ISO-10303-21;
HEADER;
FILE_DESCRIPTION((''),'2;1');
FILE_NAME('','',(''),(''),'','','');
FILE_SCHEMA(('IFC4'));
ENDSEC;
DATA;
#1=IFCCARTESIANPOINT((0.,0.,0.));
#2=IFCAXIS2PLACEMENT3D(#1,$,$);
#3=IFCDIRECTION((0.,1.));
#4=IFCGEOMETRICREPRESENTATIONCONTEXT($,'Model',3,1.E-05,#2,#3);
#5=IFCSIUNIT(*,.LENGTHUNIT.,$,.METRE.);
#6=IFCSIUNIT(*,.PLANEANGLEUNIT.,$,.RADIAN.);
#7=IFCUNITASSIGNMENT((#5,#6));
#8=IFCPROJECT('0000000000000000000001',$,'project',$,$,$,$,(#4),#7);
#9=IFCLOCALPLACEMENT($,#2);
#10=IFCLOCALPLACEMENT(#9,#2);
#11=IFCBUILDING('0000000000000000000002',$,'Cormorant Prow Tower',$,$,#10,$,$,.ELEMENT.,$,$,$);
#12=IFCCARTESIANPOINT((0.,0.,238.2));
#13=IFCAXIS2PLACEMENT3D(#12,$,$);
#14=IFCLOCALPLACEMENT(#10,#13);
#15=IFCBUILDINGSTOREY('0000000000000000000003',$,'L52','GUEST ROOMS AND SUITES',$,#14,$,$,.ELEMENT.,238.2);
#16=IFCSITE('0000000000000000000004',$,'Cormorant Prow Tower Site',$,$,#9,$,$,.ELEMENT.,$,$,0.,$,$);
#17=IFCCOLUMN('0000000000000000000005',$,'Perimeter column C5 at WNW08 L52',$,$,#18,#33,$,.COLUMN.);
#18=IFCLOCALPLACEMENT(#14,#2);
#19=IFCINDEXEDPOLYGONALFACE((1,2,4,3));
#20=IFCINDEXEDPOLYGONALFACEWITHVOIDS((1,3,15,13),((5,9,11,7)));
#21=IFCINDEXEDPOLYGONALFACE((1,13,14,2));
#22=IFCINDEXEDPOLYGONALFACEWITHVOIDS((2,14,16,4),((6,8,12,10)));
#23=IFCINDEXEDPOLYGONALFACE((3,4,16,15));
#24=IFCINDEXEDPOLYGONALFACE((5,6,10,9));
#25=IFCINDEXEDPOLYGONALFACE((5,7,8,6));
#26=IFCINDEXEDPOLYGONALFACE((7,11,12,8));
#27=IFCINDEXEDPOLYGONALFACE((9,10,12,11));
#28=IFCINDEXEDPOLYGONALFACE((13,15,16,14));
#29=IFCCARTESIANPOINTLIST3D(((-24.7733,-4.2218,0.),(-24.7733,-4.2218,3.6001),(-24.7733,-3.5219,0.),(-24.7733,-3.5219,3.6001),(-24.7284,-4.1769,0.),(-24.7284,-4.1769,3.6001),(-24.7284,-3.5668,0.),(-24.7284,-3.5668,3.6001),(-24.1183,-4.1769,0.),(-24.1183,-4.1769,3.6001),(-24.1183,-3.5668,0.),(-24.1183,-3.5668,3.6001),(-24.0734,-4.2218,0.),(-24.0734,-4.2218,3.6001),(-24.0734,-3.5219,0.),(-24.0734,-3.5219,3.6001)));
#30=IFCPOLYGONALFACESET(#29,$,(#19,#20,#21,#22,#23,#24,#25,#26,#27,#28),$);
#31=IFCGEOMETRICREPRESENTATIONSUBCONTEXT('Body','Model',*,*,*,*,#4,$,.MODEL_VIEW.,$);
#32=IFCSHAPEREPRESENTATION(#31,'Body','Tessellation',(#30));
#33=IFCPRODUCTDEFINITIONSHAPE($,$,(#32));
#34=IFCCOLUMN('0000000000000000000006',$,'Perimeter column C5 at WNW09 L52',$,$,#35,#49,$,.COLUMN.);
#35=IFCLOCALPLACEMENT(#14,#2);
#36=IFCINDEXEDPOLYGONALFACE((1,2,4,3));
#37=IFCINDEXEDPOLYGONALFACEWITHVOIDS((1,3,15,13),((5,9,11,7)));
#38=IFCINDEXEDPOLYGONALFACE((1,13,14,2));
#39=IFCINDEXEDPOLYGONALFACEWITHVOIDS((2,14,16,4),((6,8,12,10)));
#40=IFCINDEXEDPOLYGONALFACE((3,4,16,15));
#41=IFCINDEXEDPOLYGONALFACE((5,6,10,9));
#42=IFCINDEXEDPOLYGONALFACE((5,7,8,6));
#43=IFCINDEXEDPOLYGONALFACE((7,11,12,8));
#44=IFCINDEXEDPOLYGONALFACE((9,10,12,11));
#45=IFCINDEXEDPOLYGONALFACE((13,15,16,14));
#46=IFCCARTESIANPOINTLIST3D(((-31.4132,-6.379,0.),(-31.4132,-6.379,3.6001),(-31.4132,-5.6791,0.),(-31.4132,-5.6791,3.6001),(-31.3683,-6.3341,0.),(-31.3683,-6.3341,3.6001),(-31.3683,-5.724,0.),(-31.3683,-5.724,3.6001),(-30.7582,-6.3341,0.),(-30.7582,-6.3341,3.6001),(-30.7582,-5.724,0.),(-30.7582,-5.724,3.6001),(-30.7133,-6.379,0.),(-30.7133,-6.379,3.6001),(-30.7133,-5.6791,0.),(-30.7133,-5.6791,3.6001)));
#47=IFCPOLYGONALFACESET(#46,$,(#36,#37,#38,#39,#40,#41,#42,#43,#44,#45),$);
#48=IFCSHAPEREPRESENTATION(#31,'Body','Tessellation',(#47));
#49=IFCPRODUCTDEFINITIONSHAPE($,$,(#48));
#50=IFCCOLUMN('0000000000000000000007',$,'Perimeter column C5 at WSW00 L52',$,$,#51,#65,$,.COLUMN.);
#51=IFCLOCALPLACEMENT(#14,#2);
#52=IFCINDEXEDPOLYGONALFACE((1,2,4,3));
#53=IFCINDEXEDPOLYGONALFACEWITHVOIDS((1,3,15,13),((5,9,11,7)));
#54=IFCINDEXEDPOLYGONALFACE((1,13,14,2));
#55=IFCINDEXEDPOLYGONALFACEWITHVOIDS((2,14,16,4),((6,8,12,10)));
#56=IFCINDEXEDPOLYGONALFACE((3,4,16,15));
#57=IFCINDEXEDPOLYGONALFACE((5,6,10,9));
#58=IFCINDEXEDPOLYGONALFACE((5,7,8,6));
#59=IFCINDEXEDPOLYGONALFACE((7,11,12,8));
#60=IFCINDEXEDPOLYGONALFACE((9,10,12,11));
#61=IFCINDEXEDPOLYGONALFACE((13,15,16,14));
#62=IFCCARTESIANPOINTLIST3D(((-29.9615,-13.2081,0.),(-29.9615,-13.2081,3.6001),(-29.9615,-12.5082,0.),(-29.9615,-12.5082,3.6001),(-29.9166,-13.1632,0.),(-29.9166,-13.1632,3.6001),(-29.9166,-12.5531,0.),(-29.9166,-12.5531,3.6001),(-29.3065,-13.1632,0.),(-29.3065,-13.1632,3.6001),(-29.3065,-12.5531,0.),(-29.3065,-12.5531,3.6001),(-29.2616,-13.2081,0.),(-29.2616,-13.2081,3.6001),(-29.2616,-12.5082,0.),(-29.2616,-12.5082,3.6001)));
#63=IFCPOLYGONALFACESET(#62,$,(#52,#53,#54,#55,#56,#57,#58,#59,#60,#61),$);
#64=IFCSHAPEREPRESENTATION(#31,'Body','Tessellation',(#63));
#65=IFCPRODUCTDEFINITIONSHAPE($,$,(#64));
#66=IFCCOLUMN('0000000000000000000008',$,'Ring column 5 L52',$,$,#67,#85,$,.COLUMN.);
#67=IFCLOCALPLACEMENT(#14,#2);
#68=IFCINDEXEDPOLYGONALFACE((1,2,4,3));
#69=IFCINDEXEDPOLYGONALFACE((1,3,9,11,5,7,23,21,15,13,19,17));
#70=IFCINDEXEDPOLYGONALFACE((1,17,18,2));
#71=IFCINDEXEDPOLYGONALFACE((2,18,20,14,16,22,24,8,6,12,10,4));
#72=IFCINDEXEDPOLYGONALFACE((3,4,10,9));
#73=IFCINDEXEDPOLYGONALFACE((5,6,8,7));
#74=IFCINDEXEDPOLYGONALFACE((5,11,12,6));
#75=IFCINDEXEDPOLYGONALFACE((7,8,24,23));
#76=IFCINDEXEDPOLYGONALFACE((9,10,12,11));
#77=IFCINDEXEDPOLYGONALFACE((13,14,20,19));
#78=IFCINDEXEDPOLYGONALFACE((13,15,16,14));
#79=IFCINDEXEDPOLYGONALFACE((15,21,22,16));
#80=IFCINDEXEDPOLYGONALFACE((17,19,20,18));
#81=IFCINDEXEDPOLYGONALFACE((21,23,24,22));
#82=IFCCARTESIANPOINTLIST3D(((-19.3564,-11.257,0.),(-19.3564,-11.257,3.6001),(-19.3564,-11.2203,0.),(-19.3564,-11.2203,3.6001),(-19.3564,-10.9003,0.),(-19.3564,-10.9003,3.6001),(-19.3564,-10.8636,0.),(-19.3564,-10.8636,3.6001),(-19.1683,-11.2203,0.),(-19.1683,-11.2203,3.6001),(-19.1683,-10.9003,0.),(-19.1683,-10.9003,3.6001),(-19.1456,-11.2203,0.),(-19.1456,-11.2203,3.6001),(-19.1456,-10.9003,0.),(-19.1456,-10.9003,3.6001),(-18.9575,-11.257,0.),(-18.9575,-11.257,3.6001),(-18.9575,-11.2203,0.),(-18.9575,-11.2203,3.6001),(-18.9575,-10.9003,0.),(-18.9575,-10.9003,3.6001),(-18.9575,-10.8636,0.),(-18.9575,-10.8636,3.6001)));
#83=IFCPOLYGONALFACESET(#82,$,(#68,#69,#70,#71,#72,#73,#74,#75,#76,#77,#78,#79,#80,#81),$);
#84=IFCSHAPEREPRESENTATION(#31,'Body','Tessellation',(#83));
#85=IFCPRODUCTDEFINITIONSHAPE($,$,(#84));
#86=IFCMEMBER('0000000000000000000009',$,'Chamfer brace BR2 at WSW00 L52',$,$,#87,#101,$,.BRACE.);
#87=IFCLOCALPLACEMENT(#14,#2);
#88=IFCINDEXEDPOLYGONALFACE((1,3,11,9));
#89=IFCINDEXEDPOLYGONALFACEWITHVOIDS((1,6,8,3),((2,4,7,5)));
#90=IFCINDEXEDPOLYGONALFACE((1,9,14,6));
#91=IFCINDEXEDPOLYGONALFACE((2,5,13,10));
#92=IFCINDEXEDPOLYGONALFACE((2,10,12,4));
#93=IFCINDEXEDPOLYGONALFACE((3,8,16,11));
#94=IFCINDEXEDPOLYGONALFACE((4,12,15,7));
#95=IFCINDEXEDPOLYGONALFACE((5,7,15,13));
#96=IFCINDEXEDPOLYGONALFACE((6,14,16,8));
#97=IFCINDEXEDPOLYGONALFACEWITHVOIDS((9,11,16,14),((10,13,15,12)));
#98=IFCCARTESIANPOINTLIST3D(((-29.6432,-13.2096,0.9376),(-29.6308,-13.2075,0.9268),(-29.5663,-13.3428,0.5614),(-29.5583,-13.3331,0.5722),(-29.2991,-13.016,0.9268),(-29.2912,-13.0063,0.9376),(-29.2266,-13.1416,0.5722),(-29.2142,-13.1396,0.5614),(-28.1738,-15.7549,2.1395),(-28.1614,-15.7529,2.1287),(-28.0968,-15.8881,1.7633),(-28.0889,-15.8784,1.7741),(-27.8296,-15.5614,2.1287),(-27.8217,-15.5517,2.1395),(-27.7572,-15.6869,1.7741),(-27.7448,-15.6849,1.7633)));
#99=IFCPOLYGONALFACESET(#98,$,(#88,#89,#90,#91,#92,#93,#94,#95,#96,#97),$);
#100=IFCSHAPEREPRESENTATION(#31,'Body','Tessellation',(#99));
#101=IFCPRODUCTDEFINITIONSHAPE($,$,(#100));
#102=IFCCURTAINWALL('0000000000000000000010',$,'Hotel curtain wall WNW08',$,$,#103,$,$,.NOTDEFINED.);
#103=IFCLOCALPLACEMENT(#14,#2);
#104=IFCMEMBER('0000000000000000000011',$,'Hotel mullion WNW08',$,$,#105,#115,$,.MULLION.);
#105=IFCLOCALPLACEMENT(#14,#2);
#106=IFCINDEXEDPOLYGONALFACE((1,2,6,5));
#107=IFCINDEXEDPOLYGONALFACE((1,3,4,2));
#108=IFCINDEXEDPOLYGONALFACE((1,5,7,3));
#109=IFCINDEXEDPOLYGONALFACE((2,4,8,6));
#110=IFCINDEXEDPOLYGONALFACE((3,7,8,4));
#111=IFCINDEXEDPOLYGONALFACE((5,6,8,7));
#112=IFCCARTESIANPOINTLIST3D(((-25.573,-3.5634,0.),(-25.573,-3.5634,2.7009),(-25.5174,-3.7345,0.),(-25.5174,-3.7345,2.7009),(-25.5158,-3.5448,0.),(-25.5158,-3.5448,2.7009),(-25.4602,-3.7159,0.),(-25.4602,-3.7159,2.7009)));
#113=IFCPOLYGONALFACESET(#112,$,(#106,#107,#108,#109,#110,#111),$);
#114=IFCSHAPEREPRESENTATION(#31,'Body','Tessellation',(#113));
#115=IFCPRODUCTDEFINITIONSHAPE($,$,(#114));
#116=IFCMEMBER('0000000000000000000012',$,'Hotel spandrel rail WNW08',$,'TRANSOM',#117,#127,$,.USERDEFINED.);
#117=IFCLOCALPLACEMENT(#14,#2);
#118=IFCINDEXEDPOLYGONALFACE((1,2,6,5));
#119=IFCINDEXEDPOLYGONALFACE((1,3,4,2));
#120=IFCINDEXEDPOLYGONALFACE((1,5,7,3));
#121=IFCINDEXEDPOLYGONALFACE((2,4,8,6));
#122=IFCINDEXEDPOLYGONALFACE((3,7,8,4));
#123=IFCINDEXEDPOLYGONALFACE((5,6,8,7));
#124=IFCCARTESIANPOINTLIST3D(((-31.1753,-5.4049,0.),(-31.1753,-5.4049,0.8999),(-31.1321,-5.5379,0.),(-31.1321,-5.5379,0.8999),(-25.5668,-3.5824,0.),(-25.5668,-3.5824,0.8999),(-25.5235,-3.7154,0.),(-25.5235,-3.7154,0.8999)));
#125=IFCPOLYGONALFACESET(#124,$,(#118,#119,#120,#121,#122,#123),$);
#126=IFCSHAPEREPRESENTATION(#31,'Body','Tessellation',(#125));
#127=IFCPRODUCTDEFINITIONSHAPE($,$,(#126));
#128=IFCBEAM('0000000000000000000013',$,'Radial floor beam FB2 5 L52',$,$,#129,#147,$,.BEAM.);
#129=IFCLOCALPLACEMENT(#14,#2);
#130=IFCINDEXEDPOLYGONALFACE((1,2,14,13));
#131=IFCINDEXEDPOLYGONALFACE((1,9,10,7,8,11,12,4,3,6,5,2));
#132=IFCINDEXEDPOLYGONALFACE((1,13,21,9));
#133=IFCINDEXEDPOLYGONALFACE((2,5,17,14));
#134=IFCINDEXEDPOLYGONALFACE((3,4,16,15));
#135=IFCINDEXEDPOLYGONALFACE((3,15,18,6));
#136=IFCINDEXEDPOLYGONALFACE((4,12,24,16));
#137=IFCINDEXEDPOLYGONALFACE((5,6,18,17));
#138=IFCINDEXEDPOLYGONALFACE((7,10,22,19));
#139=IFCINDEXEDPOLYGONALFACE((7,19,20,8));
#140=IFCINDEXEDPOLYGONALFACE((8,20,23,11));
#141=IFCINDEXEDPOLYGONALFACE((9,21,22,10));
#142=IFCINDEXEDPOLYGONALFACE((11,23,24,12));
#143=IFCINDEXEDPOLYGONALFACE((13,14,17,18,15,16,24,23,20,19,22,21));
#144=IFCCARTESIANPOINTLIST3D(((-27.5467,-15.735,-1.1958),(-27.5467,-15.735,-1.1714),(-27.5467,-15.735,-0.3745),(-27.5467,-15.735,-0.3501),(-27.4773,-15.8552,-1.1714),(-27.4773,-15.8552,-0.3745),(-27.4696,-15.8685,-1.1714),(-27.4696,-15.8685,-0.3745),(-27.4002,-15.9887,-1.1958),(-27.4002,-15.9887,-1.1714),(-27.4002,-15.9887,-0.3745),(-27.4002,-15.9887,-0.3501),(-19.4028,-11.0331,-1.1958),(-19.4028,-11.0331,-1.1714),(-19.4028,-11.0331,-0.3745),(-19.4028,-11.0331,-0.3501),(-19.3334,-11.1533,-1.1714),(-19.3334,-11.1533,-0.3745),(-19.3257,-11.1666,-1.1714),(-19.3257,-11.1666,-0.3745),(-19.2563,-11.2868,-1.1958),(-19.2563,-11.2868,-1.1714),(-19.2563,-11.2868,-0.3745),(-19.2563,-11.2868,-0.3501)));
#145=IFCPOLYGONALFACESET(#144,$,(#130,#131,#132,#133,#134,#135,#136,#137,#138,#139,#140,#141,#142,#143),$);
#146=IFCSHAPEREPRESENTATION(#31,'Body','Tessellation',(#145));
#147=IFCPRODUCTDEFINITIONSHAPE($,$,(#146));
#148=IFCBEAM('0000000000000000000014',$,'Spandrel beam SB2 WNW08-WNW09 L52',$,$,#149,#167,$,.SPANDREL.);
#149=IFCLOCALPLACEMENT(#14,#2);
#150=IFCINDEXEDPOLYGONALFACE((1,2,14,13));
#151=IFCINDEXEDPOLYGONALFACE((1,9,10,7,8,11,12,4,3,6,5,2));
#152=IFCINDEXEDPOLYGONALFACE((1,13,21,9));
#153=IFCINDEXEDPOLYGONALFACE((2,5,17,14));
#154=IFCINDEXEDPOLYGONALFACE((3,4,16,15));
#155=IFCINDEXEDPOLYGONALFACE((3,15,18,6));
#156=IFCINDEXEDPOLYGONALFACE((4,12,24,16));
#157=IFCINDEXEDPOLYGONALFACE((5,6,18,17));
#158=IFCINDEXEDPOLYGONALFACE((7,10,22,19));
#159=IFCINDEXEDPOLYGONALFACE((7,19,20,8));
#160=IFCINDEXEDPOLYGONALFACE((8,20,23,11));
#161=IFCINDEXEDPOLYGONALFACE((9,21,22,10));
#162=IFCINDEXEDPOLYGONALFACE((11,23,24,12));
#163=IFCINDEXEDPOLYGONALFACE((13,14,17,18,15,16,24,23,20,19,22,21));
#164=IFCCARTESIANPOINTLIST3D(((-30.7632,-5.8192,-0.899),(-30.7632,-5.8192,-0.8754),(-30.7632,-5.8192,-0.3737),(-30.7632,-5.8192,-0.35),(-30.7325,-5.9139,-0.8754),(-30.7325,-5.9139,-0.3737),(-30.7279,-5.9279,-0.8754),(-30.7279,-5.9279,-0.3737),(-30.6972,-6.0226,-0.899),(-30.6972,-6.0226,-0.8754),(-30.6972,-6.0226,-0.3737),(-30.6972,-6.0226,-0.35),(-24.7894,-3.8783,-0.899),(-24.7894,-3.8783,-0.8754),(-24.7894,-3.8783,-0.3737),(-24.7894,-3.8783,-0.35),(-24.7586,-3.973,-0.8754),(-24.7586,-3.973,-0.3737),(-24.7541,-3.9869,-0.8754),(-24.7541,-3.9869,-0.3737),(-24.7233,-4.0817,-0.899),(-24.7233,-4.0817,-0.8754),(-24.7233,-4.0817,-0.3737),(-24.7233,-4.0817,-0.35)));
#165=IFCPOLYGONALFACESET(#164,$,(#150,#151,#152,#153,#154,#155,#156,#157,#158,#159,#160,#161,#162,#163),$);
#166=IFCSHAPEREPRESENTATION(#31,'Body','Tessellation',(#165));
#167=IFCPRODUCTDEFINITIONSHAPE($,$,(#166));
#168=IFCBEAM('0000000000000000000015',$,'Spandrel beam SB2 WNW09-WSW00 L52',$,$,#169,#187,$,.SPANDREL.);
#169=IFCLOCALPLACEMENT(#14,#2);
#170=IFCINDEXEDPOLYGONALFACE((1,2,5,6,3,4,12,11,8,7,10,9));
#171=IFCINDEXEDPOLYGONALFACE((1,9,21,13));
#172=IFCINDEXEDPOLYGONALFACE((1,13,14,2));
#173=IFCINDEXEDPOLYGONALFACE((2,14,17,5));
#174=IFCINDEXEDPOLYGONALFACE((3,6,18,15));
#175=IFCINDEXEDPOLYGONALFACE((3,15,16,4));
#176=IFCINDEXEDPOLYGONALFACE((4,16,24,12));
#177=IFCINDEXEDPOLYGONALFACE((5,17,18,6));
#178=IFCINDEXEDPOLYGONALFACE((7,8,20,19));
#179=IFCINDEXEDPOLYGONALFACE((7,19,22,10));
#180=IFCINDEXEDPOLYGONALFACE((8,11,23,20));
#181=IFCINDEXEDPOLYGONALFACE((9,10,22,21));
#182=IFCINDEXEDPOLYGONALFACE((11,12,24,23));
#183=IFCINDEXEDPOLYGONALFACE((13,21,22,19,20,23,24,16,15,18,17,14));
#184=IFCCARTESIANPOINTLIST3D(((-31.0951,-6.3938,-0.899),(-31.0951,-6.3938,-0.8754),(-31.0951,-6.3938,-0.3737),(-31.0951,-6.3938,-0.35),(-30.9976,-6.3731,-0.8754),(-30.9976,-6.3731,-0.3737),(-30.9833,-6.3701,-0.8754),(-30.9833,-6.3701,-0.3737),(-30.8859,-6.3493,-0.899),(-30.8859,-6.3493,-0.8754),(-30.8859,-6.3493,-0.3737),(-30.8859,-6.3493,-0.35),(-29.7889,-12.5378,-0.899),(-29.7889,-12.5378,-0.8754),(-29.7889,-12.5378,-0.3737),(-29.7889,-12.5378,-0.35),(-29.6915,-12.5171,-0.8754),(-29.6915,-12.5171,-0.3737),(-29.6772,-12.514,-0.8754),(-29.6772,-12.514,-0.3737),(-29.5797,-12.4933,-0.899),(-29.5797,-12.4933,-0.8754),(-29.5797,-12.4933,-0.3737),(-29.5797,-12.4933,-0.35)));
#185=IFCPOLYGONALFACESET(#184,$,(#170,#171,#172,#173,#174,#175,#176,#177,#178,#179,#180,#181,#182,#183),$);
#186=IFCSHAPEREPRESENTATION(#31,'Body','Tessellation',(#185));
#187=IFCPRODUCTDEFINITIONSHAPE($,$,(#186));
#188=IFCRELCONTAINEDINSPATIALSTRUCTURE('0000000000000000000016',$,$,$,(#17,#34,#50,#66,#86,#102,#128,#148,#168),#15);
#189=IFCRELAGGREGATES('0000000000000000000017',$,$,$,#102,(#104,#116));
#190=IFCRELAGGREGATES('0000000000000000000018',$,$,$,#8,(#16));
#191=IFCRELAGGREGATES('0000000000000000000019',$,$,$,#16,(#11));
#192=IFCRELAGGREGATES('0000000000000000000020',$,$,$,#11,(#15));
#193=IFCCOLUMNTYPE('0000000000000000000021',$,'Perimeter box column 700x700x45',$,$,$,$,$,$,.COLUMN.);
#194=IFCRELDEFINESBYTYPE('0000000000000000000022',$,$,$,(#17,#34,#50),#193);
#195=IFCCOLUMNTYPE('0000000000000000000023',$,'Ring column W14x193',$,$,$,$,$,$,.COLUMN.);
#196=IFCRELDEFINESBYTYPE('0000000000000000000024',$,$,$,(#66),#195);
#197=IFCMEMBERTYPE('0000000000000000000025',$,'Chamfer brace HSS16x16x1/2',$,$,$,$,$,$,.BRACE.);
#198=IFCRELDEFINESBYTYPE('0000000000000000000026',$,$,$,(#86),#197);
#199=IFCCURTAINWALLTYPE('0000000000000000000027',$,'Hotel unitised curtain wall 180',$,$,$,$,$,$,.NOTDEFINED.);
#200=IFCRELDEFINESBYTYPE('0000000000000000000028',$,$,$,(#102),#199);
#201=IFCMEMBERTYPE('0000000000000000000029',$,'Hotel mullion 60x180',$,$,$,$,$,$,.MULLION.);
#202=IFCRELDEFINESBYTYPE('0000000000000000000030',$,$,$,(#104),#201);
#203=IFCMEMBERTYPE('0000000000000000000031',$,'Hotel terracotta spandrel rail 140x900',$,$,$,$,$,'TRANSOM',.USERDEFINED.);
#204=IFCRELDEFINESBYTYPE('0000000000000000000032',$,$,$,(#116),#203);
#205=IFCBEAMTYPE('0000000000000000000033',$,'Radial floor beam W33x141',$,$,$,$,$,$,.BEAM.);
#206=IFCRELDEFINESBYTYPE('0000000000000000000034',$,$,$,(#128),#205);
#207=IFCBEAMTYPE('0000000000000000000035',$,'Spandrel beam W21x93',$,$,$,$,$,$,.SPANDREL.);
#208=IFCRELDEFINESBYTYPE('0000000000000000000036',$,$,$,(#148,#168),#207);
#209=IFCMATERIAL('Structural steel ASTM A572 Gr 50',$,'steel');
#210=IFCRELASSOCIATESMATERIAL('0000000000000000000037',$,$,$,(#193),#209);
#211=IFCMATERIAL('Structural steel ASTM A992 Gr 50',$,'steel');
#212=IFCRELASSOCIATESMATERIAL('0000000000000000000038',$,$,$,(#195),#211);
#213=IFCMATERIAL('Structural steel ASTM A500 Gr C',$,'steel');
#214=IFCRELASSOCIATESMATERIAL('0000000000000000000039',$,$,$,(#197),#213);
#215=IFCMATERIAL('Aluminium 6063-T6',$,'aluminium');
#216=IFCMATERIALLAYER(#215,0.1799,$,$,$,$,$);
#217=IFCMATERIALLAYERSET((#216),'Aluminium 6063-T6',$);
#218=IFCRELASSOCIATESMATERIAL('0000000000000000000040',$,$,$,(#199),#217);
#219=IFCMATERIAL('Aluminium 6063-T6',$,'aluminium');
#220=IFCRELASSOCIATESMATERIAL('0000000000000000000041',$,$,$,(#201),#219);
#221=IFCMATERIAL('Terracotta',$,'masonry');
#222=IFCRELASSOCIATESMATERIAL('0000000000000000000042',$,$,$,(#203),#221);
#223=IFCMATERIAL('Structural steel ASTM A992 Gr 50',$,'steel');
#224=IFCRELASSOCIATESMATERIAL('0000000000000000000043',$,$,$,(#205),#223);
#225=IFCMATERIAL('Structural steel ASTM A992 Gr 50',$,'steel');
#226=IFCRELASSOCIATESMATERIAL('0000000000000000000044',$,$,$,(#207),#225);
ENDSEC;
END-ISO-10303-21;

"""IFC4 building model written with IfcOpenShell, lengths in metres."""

from ifc_helpers import new_model, si_unit, direction, frame, origin, origin_2d, place, context, subcontext, project, spatial, rectangle, hollow_rectangle, i_section, extrude, material, layer, layer_set, material_profile, profile_set, type_object, element, aggregate, save


model = new_model("IFC4")

# Units and contexts
model_context = context("Model", 3, precision=1e-05, world=origin(), true_north=direction((0.0, 1.0)))
body_context = subcontext(model_context, "Body", "Model", "MODEL_VIEW")
ifc_project = project(units=[si_unit("LENGTHUNIT", "METRE"), si_unit("PLANEANGLEUNIT", "RADIAN")], contexts=[model_context])

# Site, building, storey
site_placement = place(None, origin())
site = spatial("IfcSite", under=ifc_project, at=site_placement, Name="Cormorant Prow Tower Site", CompositionType="ELEMENT", RefElevation=0.0)
building_placement = place(site_placement, origin())
building = spatial("IfcBuilding", under=site, at=building_placement, Name="Cormorant Prow Tower", CompositionType="ELEMENT")
storey_placement = place(building_placement, frame((0.0, 0.0, 238.2)))
storey = spatial("IfcBuildingStorey", under=building, at=storey_placement, Name="L52", Description="GUEST ROOMS AND SUITES", CompositionType="ELEMENT", Elevation=238.2)

# Columns
ifc_material_1 = material(Name="Structural steel ASTM A572 Gr 50", Category="steel")
ifc_material_profile_1 = material_profile(ifc_material_1, hollow_rectangle(XDim=0.7, YDim=0.7, WallThickness=0.0449, at=origin_2d()), Name="Box 700x700x45")
ifc_profile_set_1 = profile_set([ifc_material_profile_1], Name="Structural steel ASTM A572 Gr 50")
column_type_1 = type_object("IfcColumnType", Name="Perimeter box column 700x700x45", PredefinedType="COLUMN", material=ifc_profile_set_1)
for number, where, z_axis, x_axis, name in (
    (1, (-24.4233, -3.8718, 0.0), (0.0, 0.0, 1.0), (1.0, 0.0, 0.0), "Perimeter column C5 at WNW08 L52"),
    (2, (-31.0632, -6.0291, 0.0), (0.0, 0.0, 1.0), (1.0, 0.0, 0.0), "Perimeter column C5 at WNW09 L52"),
    (3, (-29.6116, -12.8582, 0.0), (0.0, 0.0, 1.0), (1.0, 0.0, 0.0), "Perimeter column C5 at WSW00 L52"),
):
    element("IfcColumn", number, at=place(storey_placement, frame(where, z_axis=z_axis, x_axis=x_axis)), inside=storey, type_object=column_type_1, Name=name, PredefinedType="COLUMN", context=body_context, shape_type="SweptSolid", body=[
        extrude(hollow_rectangle(XDim=0.7, YDim=0.7, WallThickness=0.0449, at=origin_2d()), origin(), (0.0, 0.0, 1.0), 3.6001),
    ])
ifc_material_2 = material(Name="Structural steel ASTM A992 Gr 50", Category="steel")
ifc_material_profile_2 = material_profile(ifc_material_2, i_section(OverallWidth=0.3989, OverallDepth=0.3933, WebThickness=0.0227, FlangeThickness=0.0366, at=origin_2d()), Name="W14x193")
ifc_profile_set_2 = profile_set([ifc_material_profile_2], Name="Structural steel ASTM A992 Gr 50")
column_type_2 = type_object("IfcColumnType", Name="Ring column W14x193", PredefinedType="COLUMN", material=ifc_profile_set_2)
column_placement = place(storey_placement, frame((-19.157, -11.0603, 0.0), z_axis=(0.0, 0.0, 1.0), x_axis=(1.0, 0.0, 0.0)))
element("IfcColumn", 4, at=column_placement, inside=storey, type_object=column_type_2, Name="Ring column 5 L52", PredefinedType="COLUMN", context=body_context, shape_type="SweptSolid", body=[
    extrude(i_section(OverallWidth=0.3989, OverallDepth=0.3933, WebThickness=0.0227, FlangeThickness=0.0366, at=origin_2d()), origin(), (0.0, 0.0, 1.0), 3.6001),
])

# Member
ifc_material_3 = material(Name="Structural steel ASTM A500 Gr C", Category="steel")
ifc_material_profile_3 = material_profile(ifc_material_3, hollow_rectangle(XDim=0.4065, YDim=0.4065, WallThickness=0.0117, at=origin_2d()), Name="HSS16x16x1/2")
ifc_profile_set_3 = profile_set([ifc_material_profile_3], Name="Structural steel ASTM A500 Gr C")
member_type_1 = type_object("IfcMemberType", Name="Chamfer brace HSS16x16x1/2", PredefinedType="BRACE", material=ifc_profile_set_3)
member_1_placement = place(storey_placement, frame((-29.4287, -13.1746, 0.7495), z_axis=(0.462773, -0.801607, 0.378507), x_axis=(0.866042, 0.499972, 0.0)))
element("IfcMember", 5, at=member_1_placement, inside=storey, type_object=member_type_1, Name="Chamfer brace BR2 at WSW00 L52", PredefinedType="BRACE", context=body_context, shape_type="SweptSolid", body=[
    extrude(hollow_rectangle(XDim=0.4065, YDim=0.4065, WallThickness=0.0117, at=origin_2d()), origin(), (0.0, 0.0, 1.0), 3.1753),
])

# Curtain wall, members
ifc_material_4 = material(Name="Aluminium 6063-T6", Category="aluminium")
ifc_layer_1 = layer(ifc_material_4, 0.1799)
ifc_layer_set_1 = layer_set([ifc_layer_1], Name="Aluminium 6063-T6")
curtain_wall_type = type_object("IfcCurtainWallType", Name="Hotel unitised curtain wall 180", PredefinedType="NOTDEFINED", material=ifc_layer_set_1)
curtain_wall_placement = place(storey_placement, origin())
curtain_wall = element("IfcCurtainWall", 6, at=curtain_wall_placement, inside=storey, type_object=curtain_wall_type, Name="Hotel curtain wall WNW08", PredefinedType="NOTDEFINED")
ifc_material_5 = material(Name="Aluminium 6063-T6", Category="aluminium")
ifc_material_profile_4 = material_profile(ifc_material_5, rectangle(XDim=0.1799, YDim=0.0601, at=origin_2d()), Name="Hotel mullion 60x180")
ifc_profile_set_4 = profile_set([ifc_material_profile_4], Name="Aluminium 6063-T6")
member_type_2 = type_object("IfcMemberType", Name="Hotel mullion 60x180", PredefinedType="MULLION", material=ifc_profile_set_4)
member_2_placement = place(storey_placement, frame((-25.5166, -3.6396, 0.0), z_axis=(0.0, 0.0, 1.0), x_axis=(0.309017, -0.951057, 0.0)))
member_2 = element("IfcMember", 7, at=member_2_placement, type_object=member_type_2, Name="Hotel mullion WNW08", PredefinedType="MULLION", context=body_context, shape_type="SweptSolid", body=[
    extrude(rectangle(XDim=0.1799, YDim=0.0601, at=origin_2d()), origin(), (0.0, 0.0, 1.0), 2.7009),
])
ifc_material_6 = material(Name="Terracotta", Category="masonry")
ifc_material_profile_5 = material_profile(ifc_material_6, rectangle(XDim=0.1399, YDim=0.8999, at=origin_2d()), Name="Hotel terracotta spandrel rail 140x900")
ifc_profile_set_5 = profile_set([ifc_material_profile_5], Name="Terracotta")
member_type_3 = type_object("IfcMemberType", Name="Hotel terracotta spandrel rail 140x900", ElementType="TRANSOM", PredefinedType="USERDEFINED", material=ifc_profile_set_5)
member_3_placement = place(storey_placement, frame((-25.5452, -3.6489, 0.45), z_axis=(-0.951049, -0.30904, 0.0), x_axis=(0.30904, -0.951049, 0.0)))
member_3 = element("IfcMember", 8, at=member_3_placement, type_object=member_type_3, Name="Hotel spandrel rail WNW08", ObjectType="TRANSOM", PredefinedType="USERDEFINED", context=body_context, shape_type="SweptSolid", body=[
    extrude(rectangle(XDim=0.1399, YDim=0.8999, at=origin_2d()), origin(), (0.0, 0.0, 1.0), 5.8972),
])

# Beams
ifc_material_7 = material(Name="Structural steel ASTM A992 Gr 50", Category="steel")
ifc_material_profile_6 = material_profile(ifc_material_7, i_section(OverallWidth=0.293, OverallDepth=0.8457, WebThickness=0.0154, FlangeThickness=0.0244, at=origin_2d()), Name="W33x141")
ifc_profile_set_6 = profile_set([ifc_material_profile_6], Name="Structural steel ASTM A992 Gr 50")
beam_type_1 = type_object("IfcBeamType", Name="Radial floor beam W33x141", PredefinedType="BEAM", material=ifc_profile_set_6)
beam_1_placement = place(storey_placement, frame((-19.3296, -11.1599, -0.7729), z_axis=(-0.866022, -0.500006, 0.0), x_axis=(0.500006, -0.866022, 0.0)))
element("IfcBeam", 9, at=beam_1_placement, inside=storey, type_object=beam_type_1, Name="Radial floor beam FB2 5 L52", PredefinedType="BEAM", context=body_context, shape_type="SweptSolid", body=[
    extrude(i_section(OverallWidth=0.293, OverallDepth=0.8457, WebThickness=0.0154, FlangeThickness=0.0244, at=origin_2d()), origin(), (0.0, 0.0, 1.0), 9.4038),
])
ifc_material_8 = material(Name="Structural steel ASTM A992 Gr 50", Category="steel")
ifc_material_profile_7 = material_profile(ifc_material_8, i_section(OverallWidth=0.2139, OverallDepth=0.5491, WebThickness=0.0146, FlangeThickness=0.0237, at=origin_2d()), Name="W21x93")
ifc_profile_set_7 = profile_set([ifc_material_profile_7], Name="Structural steel ASTM A992 Gr 50")
beam_type_2 = type_object("IfcBeamType", Name="Spandrel beam W21x93", PredefinedType="SPANDREL", material=ifc_profile_set_7)
for number, where, z_axis, x_axis, name in (
    (10, (-24.7563, -3.98, -0.6245), (-0.951062, -0.309001, 0.0), (0.309001, -0.951062, 0.0), "Spandrel beam SB2 WNW08-WNW09 L52"),
    (11, (-30.9905, -6.3716, -0.6245), (0.207941, -0.978141, 0.0), (0.978141, 0.207941, 0.0), "Spandrel beam SB2 WNW09-WSW00 L52"),
):
    element("IfcBeam", number, at=place(storey_placement, frame(where, z_axis=z_axis, x_axis=x_axis)), inside=storey, type_object=beam_type_2, Name=name, PredefinedType="SPANDREL", context=body_context, shape_type="SweptSolid", body=[
        extrude(i_section(OverallWidth=0.2139, OverallDepth=0.5491, WebThickness=0.0146, FlangeThickness=0.0237, at=origin_2d()), origin(), (0.0, 0.0, 1.0), 6.2812),
    ])

aggregate(curtain_wall, [member_2, member_3])

save(model, "model.ifc")
